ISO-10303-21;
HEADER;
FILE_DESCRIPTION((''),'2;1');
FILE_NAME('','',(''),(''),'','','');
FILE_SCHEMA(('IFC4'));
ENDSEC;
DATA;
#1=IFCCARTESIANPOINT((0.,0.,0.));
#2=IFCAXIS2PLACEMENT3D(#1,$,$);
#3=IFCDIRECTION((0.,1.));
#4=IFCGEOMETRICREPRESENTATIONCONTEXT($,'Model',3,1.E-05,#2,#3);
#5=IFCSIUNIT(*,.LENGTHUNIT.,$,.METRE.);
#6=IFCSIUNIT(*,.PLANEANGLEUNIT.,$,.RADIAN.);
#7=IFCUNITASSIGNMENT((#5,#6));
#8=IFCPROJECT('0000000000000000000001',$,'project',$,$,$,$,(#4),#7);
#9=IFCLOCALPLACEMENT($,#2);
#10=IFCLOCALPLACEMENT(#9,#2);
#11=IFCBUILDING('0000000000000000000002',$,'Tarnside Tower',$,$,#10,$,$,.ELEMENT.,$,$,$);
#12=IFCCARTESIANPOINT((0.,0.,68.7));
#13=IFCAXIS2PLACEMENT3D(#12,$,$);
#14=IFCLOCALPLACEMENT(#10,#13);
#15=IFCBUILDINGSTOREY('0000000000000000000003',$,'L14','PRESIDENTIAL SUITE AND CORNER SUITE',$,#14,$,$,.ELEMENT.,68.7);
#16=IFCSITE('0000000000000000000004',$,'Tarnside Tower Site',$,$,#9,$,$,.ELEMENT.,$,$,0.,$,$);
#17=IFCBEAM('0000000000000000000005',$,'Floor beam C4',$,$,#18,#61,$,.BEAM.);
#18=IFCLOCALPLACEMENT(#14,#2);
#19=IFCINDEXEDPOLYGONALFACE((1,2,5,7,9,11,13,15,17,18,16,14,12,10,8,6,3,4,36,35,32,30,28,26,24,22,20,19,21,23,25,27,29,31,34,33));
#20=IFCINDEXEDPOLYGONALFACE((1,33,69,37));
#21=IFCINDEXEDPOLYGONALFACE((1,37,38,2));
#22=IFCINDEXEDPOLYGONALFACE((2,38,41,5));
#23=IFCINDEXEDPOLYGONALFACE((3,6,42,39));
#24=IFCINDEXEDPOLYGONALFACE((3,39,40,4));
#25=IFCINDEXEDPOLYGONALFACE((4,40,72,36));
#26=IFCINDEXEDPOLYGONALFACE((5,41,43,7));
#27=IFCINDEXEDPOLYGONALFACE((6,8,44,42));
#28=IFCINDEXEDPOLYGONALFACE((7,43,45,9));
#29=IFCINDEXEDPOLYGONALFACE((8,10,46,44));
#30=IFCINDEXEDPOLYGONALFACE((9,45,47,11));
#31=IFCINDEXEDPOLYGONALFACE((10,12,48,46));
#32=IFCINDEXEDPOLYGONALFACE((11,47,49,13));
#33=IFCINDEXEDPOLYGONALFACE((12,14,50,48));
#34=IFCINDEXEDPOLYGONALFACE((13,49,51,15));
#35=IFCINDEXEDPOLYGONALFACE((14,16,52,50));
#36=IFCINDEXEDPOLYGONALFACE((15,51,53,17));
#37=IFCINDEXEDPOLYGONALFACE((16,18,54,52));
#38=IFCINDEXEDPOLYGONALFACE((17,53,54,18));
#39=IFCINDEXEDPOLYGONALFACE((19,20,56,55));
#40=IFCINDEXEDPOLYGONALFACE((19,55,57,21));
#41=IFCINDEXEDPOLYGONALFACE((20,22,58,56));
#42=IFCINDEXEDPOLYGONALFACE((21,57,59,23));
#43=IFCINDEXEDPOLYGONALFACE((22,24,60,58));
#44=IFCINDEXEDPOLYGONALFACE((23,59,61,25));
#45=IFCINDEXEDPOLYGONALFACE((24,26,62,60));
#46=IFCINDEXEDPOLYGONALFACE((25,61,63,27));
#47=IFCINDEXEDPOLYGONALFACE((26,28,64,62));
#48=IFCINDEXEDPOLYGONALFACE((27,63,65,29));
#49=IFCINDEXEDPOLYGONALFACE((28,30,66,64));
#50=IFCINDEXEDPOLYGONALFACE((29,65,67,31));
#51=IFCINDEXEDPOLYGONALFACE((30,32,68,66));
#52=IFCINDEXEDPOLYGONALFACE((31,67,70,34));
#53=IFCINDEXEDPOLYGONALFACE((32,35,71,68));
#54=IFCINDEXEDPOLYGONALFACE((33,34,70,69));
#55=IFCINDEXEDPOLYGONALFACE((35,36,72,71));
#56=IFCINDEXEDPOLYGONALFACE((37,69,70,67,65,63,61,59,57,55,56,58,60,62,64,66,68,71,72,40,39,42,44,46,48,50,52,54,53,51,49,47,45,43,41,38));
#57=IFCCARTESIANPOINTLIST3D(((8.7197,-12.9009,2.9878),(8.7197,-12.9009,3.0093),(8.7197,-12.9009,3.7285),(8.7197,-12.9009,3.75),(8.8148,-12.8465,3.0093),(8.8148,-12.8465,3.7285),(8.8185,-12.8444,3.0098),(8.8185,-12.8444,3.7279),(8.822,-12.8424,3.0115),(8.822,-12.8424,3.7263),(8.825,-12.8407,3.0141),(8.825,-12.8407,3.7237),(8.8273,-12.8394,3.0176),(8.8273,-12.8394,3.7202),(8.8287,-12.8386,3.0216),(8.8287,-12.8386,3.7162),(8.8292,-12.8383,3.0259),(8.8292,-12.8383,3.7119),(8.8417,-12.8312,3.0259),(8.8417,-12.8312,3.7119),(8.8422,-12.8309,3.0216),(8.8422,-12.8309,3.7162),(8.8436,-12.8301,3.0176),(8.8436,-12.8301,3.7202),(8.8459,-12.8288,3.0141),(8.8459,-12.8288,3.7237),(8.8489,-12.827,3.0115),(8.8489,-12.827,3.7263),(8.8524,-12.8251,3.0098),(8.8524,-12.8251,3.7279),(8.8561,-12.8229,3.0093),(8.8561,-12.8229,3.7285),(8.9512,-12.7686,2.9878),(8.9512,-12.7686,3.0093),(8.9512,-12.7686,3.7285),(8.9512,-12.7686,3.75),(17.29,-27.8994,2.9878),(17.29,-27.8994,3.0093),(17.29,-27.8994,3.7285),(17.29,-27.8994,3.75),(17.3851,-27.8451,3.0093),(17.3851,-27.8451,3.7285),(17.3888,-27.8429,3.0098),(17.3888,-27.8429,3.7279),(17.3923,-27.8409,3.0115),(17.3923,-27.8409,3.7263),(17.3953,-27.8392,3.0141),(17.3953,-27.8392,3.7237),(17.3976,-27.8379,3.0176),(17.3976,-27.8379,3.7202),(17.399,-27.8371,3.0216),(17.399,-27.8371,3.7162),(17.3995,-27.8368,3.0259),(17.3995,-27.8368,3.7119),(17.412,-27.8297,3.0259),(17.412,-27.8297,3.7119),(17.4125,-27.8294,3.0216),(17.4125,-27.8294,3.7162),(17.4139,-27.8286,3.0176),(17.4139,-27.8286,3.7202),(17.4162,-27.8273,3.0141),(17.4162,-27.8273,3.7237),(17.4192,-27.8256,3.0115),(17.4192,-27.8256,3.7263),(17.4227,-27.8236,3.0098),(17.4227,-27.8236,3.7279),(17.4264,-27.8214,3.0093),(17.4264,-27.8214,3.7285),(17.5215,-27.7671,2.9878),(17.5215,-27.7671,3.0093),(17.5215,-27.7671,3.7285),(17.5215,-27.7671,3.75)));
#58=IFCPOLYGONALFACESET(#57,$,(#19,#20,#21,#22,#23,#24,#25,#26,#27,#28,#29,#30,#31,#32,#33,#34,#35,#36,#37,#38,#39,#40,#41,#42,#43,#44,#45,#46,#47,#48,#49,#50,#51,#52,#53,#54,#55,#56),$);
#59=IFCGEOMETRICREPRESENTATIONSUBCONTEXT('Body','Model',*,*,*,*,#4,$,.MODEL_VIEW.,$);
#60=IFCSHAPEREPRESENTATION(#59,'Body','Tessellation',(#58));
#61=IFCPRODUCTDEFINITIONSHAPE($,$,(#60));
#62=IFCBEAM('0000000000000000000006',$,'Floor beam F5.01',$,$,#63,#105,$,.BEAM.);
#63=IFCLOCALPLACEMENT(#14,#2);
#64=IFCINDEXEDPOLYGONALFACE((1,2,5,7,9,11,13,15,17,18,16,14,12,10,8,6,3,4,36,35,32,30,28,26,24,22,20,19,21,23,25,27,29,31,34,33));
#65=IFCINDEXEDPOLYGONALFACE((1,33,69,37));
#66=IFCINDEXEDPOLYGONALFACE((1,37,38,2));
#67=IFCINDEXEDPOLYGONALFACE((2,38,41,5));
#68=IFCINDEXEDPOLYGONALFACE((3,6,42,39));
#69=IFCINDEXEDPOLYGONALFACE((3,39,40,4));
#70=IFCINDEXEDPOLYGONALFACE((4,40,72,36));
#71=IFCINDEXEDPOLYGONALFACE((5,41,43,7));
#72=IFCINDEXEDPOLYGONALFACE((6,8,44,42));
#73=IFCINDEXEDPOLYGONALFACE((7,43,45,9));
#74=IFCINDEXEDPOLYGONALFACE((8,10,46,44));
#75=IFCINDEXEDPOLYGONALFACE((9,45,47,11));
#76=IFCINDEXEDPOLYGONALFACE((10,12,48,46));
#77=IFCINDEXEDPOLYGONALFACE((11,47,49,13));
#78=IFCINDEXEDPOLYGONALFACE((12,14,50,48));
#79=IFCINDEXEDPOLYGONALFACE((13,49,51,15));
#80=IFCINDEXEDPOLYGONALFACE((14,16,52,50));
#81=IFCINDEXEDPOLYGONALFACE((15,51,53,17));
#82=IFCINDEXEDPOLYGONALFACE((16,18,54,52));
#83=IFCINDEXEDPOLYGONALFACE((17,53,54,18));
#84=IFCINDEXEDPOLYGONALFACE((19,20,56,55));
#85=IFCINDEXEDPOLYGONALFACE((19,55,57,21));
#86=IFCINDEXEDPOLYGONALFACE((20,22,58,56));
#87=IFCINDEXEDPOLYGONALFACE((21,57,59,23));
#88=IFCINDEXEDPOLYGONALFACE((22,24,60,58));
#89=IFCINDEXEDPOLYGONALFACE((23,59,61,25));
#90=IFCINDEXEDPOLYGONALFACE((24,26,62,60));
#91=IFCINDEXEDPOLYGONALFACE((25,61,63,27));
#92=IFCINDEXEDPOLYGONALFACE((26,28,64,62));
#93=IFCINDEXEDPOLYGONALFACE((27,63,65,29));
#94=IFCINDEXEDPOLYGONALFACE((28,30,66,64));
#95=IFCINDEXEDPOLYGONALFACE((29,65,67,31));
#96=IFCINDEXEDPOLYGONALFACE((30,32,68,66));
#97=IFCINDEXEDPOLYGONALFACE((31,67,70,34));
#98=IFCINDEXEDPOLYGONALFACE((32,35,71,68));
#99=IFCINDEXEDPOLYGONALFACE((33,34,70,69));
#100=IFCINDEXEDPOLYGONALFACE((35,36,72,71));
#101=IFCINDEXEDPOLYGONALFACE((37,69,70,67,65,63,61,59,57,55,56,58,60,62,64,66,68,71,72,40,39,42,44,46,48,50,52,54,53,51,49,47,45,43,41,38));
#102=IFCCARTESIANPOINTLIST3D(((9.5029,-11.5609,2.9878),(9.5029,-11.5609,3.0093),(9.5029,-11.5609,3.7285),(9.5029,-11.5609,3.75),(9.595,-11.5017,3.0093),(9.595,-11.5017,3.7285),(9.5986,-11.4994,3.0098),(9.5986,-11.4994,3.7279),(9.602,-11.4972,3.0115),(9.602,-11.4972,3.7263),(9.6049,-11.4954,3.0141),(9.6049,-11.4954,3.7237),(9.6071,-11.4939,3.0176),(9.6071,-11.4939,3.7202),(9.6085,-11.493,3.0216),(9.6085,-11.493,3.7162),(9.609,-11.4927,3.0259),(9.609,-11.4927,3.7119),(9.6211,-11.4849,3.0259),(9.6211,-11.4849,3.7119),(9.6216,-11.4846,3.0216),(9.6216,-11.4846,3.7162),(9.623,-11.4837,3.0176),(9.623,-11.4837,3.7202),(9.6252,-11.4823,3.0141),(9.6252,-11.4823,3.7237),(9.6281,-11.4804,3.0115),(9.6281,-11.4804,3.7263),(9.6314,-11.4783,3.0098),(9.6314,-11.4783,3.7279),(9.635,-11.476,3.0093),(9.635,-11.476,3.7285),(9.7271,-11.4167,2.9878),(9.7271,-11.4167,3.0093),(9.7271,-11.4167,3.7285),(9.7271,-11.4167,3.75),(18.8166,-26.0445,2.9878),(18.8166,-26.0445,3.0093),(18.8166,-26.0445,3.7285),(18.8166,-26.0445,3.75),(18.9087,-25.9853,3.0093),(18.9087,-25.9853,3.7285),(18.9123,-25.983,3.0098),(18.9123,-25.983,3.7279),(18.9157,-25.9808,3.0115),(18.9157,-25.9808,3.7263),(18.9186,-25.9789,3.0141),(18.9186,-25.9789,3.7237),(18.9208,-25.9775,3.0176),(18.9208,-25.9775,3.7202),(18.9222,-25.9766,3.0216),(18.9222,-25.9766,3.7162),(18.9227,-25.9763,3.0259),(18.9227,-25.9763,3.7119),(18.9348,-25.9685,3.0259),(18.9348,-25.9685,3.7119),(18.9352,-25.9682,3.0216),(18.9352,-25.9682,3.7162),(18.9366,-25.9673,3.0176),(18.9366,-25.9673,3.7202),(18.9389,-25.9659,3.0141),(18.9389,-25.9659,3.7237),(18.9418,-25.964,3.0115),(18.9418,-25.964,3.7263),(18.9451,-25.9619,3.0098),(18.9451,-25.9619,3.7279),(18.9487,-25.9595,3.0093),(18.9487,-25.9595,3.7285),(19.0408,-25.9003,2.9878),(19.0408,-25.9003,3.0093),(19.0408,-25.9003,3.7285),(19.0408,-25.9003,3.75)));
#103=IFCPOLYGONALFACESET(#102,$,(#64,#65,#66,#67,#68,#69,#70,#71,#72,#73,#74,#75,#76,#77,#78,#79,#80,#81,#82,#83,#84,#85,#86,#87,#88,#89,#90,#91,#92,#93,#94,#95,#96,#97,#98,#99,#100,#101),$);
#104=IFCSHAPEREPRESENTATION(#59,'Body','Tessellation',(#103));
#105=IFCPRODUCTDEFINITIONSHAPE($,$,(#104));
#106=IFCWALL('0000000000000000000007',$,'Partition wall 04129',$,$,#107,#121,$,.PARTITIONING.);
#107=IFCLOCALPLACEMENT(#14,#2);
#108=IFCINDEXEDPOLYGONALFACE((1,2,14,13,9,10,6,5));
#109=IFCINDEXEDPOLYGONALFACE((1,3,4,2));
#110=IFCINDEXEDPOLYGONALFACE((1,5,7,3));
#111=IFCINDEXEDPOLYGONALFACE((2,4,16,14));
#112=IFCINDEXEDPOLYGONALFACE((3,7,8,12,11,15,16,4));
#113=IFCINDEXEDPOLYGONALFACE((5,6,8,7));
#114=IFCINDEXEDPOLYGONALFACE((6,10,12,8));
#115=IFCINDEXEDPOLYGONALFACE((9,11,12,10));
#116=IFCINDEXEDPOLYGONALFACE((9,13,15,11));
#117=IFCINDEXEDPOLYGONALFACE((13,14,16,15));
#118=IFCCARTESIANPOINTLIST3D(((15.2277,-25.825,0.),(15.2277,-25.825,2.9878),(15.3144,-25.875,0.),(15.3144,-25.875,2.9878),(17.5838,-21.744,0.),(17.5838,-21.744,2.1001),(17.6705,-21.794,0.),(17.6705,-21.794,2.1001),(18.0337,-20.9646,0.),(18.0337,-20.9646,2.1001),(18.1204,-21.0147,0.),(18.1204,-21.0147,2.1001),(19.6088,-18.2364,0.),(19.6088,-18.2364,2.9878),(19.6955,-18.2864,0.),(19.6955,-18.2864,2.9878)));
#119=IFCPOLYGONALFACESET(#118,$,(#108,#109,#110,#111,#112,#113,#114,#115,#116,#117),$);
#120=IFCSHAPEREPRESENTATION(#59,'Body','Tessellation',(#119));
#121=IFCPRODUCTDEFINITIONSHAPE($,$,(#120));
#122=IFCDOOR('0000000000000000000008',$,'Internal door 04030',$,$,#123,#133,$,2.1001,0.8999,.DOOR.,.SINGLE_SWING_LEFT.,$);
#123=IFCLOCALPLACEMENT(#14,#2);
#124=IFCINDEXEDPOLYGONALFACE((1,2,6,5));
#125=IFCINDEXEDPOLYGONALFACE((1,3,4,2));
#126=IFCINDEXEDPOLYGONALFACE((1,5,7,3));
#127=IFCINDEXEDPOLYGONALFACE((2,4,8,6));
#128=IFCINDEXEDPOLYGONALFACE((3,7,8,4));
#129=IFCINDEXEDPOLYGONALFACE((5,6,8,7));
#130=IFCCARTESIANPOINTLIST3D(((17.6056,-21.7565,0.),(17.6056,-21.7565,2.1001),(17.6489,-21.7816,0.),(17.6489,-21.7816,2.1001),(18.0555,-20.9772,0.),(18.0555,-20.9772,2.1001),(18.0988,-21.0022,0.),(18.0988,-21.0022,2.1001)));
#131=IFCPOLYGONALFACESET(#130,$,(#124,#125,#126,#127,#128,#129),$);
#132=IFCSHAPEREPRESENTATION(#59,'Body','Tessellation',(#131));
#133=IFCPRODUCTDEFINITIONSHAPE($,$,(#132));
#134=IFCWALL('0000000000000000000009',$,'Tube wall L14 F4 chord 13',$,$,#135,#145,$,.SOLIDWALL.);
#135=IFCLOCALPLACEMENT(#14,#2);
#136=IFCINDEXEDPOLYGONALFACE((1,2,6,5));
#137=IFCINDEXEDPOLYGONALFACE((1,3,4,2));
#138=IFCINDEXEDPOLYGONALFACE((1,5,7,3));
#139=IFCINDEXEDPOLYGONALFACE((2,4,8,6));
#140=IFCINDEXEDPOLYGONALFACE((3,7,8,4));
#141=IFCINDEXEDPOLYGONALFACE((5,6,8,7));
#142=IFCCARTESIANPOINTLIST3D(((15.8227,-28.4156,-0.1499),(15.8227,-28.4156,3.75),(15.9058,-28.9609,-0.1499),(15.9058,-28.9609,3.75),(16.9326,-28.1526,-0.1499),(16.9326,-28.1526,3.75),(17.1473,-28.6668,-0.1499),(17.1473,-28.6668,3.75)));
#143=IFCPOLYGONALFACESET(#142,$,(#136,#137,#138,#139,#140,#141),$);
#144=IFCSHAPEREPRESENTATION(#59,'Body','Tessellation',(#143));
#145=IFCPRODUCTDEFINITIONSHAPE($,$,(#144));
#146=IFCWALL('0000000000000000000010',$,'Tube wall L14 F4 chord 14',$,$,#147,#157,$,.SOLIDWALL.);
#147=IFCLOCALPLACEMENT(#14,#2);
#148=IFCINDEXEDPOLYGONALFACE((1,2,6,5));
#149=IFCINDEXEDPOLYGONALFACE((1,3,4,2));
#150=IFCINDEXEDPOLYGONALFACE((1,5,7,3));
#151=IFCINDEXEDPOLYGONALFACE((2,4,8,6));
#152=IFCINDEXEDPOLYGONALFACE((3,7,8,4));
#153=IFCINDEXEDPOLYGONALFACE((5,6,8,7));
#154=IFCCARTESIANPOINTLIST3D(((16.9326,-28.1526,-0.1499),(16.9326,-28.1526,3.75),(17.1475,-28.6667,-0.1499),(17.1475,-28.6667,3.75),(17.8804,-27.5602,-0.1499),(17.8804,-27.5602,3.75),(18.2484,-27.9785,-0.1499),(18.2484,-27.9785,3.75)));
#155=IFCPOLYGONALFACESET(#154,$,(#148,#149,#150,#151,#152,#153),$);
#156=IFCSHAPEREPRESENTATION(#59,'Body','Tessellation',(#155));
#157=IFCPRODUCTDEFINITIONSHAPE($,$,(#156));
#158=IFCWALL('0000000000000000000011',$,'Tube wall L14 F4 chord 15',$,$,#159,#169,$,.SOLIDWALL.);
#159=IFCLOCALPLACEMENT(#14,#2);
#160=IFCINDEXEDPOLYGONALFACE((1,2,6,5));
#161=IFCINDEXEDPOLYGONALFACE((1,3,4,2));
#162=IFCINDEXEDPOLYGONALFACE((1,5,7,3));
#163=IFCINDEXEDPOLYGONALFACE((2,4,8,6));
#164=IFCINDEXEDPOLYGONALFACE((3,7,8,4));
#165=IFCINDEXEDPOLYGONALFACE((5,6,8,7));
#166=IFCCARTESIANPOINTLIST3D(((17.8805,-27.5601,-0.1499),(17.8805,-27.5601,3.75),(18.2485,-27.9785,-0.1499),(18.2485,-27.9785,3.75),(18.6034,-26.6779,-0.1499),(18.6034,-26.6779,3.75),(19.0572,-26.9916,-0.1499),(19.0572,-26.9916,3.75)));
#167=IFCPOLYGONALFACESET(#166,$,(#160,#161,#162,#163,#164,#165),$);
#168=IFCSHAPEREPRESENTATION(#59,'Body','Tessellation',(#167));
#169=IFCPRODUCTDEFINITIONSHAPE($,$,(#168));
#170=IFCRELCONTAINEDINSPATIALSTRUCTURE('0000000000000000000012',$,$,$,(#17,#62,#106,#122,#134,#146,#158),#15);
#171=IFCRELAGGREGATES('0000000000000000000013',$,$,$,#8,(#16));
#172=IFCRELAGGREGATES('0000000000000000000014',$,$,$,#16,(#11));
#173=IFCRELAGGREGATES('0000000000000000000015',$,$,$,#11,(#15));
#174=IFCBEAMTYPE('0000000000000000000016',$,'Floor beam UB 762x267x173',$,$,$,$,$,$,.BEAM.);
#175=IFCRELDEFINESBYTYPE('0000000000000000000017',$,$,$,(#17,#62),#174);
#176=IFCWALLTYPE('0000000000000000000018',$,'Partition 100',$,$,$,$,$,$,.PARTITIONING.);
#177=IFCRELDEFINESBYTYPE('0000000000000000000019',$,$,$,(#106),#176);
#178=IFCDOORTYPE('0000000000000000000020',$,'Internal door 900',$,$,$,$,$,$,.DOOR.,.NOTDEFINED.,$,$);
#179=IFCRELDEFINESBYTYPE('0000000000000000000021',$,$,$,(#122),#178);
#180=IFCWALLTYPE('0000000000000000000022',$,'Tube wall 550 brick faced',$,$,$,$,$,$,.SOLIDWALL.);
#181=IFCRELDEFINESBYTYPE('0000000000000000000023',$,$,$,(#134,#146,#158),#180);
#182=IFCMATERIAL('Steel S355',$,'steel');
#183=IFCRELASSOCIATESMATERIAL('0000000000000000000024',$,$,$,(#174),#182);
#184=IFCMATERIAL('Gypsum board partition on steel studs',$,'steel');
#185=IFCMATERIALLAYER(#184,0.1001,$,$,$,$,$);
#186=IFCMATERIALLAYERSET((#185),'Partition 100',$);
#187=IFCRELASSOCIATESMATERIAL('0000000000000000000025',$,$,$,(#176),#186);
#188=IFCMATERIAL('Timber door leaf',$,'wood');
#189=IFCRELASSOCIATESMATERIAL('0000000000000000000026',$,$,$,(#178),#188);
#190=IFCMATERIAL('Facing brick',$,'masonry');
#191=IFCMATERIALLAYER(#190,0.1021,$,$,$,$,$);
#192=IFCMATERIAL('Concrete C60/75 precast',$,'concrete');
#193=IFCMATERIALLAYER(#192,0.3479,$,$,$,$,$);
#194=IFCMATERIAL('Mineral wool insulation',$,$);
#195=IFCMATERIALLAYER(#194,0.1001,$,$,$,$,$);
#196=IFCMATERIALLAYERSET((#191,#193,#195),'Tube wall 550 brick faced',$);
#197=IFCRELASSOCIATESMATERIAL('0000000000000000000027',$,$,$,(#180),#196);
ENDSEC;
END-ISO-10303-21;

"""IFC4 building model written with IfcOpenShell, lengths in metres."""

from ifc_helpers import new_model, si_unit, direction, frame, frame_2d, origin, origin_2d, place, context, subcontext, project, spatial, polyline, rectangle, i_section, outline, extrude, material, layer, layer_set, material_profile, profile_set, type_object, element, fill, save


model = new_model("IFC4")

# Units and contexts
model_context = context("Model", 3, precision=1e-05, world=origin(), true_north=direction((0.0, 1.0)))
body_context = subcontext(model_context, "Body", "Model", "MODEL_VIEW")
ifc_project = project(units=[si_unit("LENGTHUNIT", "METRE"), si_unit("PLANEANGLEUNIT", "RADIAN")], contexts=[model_context])

# Site, building, storey
site_placement = place(None, origin())
site = spatial("IfcSite", under=ifc_project, at=site_placement, Name="Tarnside Tower Site", CompositionType="ELEMENT", RefElevation=0.0)
building_placement = place(site_placement, origin())
building = spatial("IfcBuilding", under=site, at=building_placement, Name="Tarnside Tower", CompositionType="ELEMENT")
storey_placement = place(building_placement, frame((0.0, 0.0, 68.7)))
storey = spatial("IfcBuildingStorey", under=building, at=storey_placement, Name="L14", Description="PRESIDENTIAL SUITE AND CORNER SUITE", CompositionType="ELEMENT", Elevation=68.7)

# Beams
ifc_material_1 = material(Name="Steel S355", Category="steel")
ifc_material_profile = material_profile(ifc_material_1, i_section(OverallWidth=0.2666, OverallDepth=0.7622, WebThickness=0.0144, FlangeThickness=0.0215, FilletRadius=0.0166, at=origin_2d()), Name="UB 762x267x173")
ifc_profile_set = profile_set([ifc_material_profile], Name="Steel S355")
beam_type = type_object("IfcBeamType", Name="Floor beam UB 762x267x173", PredefinedType="BEAM", material=ifc_profile_set)
beam_1_placement = place(storey_placement, frame((17.4058, -27.8333, 3.3689), z_axis=(-0.496127, 0.86825, 0.0), x_axis=(-0.86825, -0.496127, 0.0)))
element("IfcBeam", 1, at=beam_1_placement, inside=storey, type_object=beam_type, Name="Floor beam C4", PredefinedType="BEAM", context=body_context, shape_type="SweptSolid", body=[
    extrude(i_section(OverallWidth=0.2666, OverallDepth=0.7622, WebThickness=0.0144, FlangeThickness=0.0215, FilletRadius=0.0166, at=origin_2d()), origin(), (0.0, 0.0, 1.0), 17.2744),
])
beam_2_placement = place(storey_placement, frame((18.9287, -25.9724, 3.3689), z_axis=(-0.540873, 0.841104, 0.0), x_axis=(-0.841104, -0.540873, 0.0)))
element("IfcBeam", 2, at=beam_2_placement, inside=storey, type_object=beam_type, Name="Floor beam F5.01", PredefinedType="BEAM", context=body_context, shape_type="SweptSolid", body=[
    extrude(i_section(OverallWidth=0.2666, OverallDepth=0.7622, WebThickness=0.0144, FlangeThickness=0.0215, FilletRadius=0.0166, at=origin_2d()), origin(), (0.0, 0.0, 1.0), 17.2197),
])

# Wall, opening, door
ifc_material_2 = material(Name="Gypsum board partition on steel studs", Category="steel")
ifc_layer_1 = layer(ifc_material_2, 0.1001)
ifc_layer_set_1 = layer_set([ifc_layer_1], Name="Partition 100")
wall_type_1 = type_object("IfcWallType", Name="Partition 100", PredefinedType="PARTITIONING", material=ifc_layer_set_1)
wall_1_placement = place(storey_placement, frame((15.271, -25.8501, 0.0), z_axis=(0.0, 0.0, 1.0), x_axis=(0.499984, 0.866035, 0.0)))
wall_1 = element("IfcWall", 3, at=wall_1_placement, inside=storey, type_object=wall_type_1, Name="Partition wall 04129", PredefinedType="PARTITIONING", context=body_context, shape_type="SweptSolid", body=[
    extrude(rectangle(XDim=8.7625, YDim=0.1001, at=frame_2d((4.3813, 0.0))), origin(), (0.0, 0.0, 1.0), 2.9878),
])
opening_1_placement = place(wall_1_placement, frame((4.7124, 0.0, 0.0)))
opening_1 = element("IfcOpeningElement", 4, at=opening_1_placement, cuts=wall_1, PredefinedType="OPENING", context=body_context, shape_type="SweptSolid", body=[
    extrude(rectangle(XDim=0.8999, YDim=2.1001, at=frame_2d((0.45, 1.05))), frame((0.0, 0.0601, 0.0), z_axis=(0.0, -1.0, 0.0), x_axis=(1.0, 0.0, 0.0)), (0.0, 0.0, 1.0), 0.1201),
])
ifc_material_3 = material(Name="Timber door leaf", Category="wood")
door_type = type_object("IfcDoorType", Name="Internal door 900", OperationType="NOTDEFINED", PredefinedType="DOOR", material=ifc_material_3)
door_placement = place(opening_1_placement, origin())
door = element("IfcDoor", 5, at=door_placement, inside=storey, type_object=door_type, Name="Internal door 04030", OperationType="SINGLE_SWING_LEFT", OverallHeight=2.1001, OverallWidth=0.8999, PredefinedType="DOOR", context=body_context, shape_type="SweptSolid", body=[
    extrude(rectangle(XDim=0.8999, YDim=2.1001, at=frame_2d((0.45, 1.05))), frame((0.0, 0.0249, 0.0), z_axis=(0.0, -1.0, 0.0), x_axis=(1.0, 0.0, 0.0)), (0.0, 0.0, 1.0), 0.05),
])
fill(opening_1, door)

# Walls
ifc_material_4 = material(Name="Facing brick", Category="masonry")
ifc_layer_2 = layer(ifc_material_4, 0.1021)
ifc_material_5 = material(Name="Concrete C60/75 precast", Category="concrete")
ifc_layer_3 = layer(ifc_material_5, 0.3479)
ifc_material_6 = material(Name="Mineral wool insulation")
ifc_layer_4 = layer(ifc_material_6, 0.1001)
ifc_layer_set_2 = layer_set([ifc_layer_2, ifc_layer_3, ifc_layer_4], Name="Tube wall 550 brick faced")
wall_type_2 = type_object("IfcWallType", Name="Tube wall 550 brick faced", PredefinedType="SOLIDWALL", material=ifc_layer_set_2)
wall_2_placement = place(storey_placement, frame((15.8643, -28.6882, -0.1499), z_axis=(0.0, 0.0, 1.0), x_axis=(0.973064, 0.230537, 0.0)))
element("IfcWall", 6, at=wall_2_placement, inside=storey, type_object=wall_type_2, Name="Tube wall L14 F4 chord 13", PredefinedType="SOLIDWALL", context=body_context, shape_type="SweptSolid", body=[
    extrude(outline(polyline([(-0.0225, -0.2749), (1.2534, -0.2749), (1.1631, 0.2749), (0.0225, 0.2749), (-0.0225, -0.2749)])), origin(), (0.0, 0.0, 1.0), 3.8999),
])
wall_3_placement = place(storey_placement, frame((17.04, -28.4097, -0.1499), z_axis=(0.0, 0.0, 1.0), x_axis=(0.847953, 0.530072, 0.0)))
element("IfcWall", 7, at=wall_3_placement, inside=storey, type_object=wall_type_2, Name="Tube wall L14 F4 chord 14", PredefinedType="SOLIDWALL", context=body_context, shape_type="SweptSolid", body=[
    extrude(outline(polyline([(-0.0452, -0.2749), (1.2532, -0.2749), (1.1628, 0.2749), (0.0452, 0.2749), (-0.0452, -0.2749)])), origin(), (0.0, 0.0, 1.0), 3.8999),
])
wall_4_placement = place(storey_placement, frame((18.0645, -27.7693, -0.1499), z_axis=(0.0, 0.0, 1.0), x_axis=(0.633843, 0.773462, 0.0)))
element("IfcWall", 8, at=wall_4_placement, inside=storey, type_object=wall_type_2, Name="Tube wall L14 F4 chord 15", PredefinedType="SOLIDWALL", context=body_context, shape_type="SweptSolid", body=[
    extrude(outline(polyline([(-0.0452, -0.2749), (1.2307, -0.2749), (1.1858, 0.2749), (0.0452, 0.2749), (-0.0452, -0.2749)])), origin(), (0.0, 0.0, 1.0), 3.8999),
])

save(model, "model.ifc")
